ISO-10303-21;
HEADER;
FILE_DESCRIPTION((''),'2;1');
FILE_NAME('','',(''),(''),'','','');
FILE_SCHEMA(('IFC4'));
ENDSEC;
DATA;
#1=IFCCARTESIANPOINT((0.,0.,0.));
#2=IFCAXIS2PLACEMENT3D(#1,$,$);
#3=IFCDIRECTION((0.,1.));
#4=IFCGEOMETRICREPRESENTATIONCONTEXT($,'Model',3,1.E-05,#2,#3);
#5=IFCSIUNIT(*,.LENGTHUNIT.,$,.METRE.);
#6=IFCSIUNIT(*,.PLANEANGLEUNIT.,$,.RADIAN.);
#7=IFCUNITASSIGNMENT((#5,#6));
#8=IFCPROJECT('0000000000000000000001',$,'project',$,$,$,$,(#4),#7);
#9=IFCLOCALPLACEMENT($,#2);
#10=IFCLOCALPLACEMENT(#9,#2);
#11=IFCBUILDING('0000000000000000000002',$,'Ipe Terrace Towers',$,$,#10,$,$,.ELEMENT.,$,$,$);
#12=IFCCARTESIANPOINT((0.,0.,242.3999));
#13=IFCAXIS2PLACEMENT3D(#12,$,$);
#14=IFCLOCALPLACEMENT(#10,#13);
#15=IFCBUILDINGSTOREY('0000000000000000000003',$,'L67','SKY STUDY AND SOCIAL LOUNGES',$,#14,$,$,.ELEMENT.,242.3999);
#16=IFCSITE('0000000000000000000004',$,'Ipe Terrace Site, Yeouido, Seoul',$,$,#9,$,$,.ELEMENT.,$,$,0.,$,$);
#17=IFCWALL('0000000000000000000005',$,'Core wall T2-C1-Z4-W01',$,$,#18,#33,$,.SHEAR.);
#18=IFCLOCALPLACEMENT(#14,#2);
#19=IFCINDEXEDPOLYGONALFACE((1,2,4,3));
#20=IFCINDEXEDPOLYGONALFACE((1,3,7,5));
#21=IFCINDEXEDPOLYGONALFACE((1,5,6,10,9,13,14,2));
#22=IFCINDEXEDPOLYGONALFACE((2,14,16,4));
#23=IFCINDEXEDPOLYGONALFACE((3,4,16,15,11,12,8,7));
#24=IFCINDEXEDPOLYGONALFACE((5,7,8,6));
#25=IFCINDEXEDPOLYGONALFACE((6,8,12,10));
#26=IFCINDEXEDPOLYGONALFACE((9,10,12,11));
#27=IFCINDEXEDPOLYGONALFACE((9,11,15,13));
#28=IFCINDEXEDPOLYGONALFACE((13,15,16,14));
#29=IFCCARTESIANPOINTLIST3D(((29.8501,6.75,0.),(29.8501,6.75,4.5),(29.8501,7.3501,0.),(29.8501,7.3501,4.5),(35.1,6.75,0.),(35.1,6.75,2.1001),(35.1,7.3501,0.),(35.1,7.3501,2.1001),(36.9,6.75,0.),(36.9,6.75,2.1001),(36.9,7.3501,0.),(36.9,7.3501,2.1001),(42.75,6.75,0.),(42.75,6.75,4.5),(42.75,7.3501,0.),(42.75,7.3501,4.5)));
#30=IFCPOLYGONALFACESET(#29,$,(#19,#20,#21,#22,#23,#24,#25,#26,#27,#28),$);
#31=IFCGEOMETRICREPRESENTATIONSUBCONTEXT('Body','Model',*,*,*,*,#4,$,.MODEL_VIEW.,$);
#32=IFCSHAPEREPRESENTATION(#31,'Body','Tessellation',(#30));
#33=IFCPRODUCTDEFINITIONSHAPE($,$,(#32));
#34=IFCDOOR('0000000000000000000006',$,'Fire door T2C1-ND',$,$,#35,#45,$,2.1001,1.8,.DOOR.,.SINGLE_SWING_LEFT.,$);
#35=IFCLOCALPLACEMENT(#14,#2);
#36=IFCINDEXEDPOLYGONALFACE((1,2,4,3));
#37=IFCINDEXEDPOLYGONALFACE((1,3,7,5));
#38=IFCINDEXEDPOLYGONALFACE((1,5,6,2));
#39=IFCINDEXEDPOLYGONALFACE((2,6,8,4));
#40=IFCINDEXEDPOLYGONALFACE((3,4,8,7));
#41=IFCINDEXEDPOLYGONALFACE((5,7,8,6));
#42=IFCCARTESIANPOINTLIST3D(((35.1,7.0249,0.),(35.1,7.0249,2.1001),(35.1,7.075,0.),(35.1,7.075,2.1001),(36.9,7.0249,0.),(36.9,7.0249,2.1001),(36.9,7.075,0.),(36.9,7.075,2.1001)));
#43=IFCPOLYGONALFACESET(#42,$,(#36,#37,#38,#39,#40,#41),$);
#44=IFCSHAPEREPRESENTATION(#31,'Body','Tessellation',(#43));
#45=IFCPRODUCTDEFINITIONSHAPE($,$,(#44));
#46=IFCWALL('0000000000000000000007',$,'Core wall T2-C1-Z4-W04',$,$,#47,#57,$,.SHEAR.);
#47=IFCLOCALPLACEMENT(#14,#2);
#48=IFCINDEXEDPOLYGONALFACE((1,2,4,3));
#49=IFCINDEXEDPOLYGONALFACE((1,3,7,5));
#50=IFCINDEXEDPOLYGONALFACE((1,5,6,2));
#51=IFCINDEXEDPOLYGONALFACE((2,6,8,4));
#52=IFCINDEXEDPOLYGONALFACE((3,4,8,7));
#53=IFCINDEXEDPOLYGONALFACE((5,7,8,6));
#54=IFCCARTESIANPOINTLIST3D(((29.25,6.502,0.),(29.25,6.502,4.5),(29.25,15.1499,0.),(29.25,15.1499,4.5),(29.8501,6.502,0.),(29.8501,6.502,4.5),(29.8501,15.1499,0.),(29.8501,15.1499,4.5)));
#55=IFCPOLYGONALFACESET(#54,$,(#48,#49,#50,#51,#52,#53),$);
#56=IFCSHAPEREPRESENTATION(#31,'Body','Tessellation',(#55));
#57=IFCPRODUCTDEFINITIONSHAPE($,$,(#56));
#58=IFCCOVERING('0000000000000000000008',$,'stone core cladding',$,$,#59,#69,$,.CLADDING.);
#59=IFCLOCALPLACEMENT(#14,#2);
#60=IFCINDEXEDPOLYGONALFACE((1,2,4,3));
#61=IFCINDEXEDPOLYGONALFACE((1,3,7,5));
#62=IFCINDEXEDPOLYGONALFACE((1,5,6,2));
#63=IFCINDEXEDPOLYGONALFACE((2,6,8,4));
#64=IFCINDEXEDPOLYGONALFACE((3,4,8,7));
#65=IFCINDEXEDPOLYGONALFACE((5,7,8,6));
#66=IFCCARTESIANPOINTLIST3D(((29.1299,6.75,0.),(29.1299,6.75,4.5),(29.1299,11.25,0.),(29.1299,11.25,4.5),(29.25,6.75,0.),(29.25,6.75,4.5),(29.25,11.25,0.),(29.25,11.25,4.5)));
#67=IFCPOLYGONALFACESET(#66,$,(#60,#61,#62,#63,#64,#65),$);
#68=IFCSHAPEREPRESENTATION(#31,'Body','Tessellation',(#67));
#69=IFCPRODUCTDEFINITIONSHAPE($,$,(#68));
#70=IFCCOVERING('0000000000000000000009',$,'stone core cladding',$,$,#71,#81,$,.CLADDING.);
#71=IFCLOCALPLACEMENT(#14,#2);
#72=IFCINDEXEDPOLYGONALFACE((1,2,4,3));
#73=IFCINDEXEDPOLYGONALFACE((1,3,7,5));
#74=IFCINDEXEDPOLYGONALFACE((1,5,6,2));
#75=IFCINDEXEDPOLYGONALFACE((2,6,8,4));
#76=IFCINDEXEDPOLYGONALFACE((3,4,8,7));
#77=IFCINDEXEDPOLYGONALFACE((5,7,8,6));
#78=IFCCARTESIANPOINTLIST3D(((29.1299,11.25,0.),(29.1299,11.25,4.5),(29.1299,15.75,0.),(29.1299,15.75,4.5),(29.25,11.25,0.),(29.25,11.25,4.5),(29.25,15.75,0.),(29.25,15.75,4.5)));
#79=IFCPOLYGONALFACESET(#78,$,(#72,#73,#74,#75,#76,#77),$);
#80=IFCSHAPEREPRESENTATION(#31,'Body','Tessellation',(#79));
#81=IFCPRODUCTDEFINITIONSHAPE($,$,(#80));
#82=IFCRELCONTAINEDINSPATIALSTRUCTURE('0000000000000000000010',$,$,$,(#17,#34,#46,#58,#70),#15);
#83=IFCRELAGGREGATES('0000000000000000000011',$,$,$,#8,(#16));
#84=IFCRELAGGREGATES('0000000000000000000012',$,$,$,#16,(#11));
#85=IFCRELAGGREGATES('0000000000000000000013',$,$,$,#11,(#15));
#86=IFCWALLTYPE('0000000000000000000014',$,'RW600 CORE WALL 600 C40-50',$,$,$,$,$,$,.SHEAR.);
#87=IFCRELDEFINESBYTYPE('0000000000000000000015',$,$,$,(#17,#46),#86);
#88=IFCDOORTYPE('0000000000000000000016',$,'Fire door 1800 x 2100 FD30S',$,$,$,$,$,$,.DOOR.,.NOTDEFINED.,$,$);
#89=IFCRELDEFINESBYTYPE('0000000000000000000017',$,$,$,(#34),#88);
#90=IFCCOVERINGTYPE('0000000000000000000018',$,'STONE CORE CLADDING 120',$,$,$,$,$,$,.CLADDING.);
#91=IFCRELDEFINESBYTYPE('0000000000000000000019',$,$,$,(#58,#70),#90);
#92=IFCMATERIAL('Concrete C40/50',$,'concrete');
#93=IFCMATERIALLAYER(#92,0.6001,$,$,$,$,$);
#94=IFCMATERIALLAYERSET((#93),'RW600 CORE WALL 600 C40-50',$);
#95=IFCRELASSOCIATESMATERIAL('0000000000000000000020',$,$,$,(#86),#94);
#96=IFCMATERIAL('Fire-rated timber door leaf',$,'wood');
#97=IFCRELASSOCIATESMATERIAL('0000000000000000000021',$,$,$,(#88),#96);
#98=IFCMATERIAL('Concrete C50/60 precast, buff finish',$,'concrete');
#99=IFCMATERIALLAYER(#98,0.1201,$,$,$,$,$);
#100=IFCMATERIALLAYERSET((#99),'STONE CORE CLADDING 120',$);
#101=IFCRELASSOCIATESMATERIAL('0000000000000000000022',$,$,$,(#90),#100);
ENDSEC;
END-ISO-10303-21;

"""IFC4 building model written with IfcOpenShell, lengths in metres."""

from ifc_helpers import new_model, si_unit, direction, frame, frame_2d, origin, origin_2d, place, context, subcontext, project, spatial, rectangle, extrude, material, layer, layer_set, type_object, element, fill, save


model = new_model("IFC4")

# Units and contexts
model_context = context("Model", 3, precision=1e-05, world=origin(), true_north=direction((0.0, 1.0)))
body_context = subcontext(model_context, "Body", "Model", "MODEL_VIEW")
ifc_project = project(units=[si_unit("LENGTHUNIT", "METRE"), si_unit("PLANEANGLEUNIT", "RADIAN")], contexts=[model_context])

# Site, building, storey
site_placement = place(None, origin())
site = spatial("IfcSite", under=ifc_project, at=site_placement, Name="Ipe Terrace Site, Yeouido, Seoul", CompositionType="ELEMENT", RefElevation=0.0)
building_placement = place(site_placement, origin())
building = spatial("IfcBuilding", under=site, at=building_placement, Name="Ipe Terrace Towers", CompositionType="ELEMENT")
storey_placement = place(building_placement, frame((0.0, 0.0, 242.3999)))
storey = spatial("IfcBuildingStorey", under=building, at=storey_placement, Name="L67", Description="SKY STUDY AND SOCIAL LOUNGES", CompositionType="ELEMENT", Elevation=242.3999)

# Wall, opening, door
ifc_material_1 = material(Name="Concrete C40/50", Category="concrete")
ifc_layer_1 = layer(ifc_material_1, 0.6001)
ifc_layer_set_1 = layer_set([ifc_layer_1], Name="RW600 CORE WALL 600 C40-50")
wall_type_1 = type_object("IfcWallType", Name="RW600 CORE WALL 600 C40-50", PredefinedType="SHEAR", material=ifc_layer_set_1)
wall_1_placement = place(storey_placement, frame((29.8501, 7.05, 0.0), z_axis=(0.0, 0.0, 1.0), x_axis=(1.0, 0.0, 0.0)))
wall_1 = element("IfcWall", 1, at=wall_1_placement, inside=storey, type_object=wall_type_1, Name="Core wall T2-C1-Z4-W01", PredefinedType="SHEAR", context=body_context, shape_type="SweptSolid", body=[
    extrude(rectangle(XDim=12.8999, YDim=0.6001, at=frame_2d((6.45, 0.0))), origin(), (0.0, 0.0, 1.0), 4.5),
])
opening_1_placement = place(wall_1_placement, frame((5.25, 0.0, 0.0)))
opening_1 = element("IfcOpeningElement", 2, at=opening_1_placement, cuts=wall_1, PredefinedType="OPENING", context=body_context, shape_type="SweptSolid", body=[
    extrude(rectangle(XDim=1.8, YDim=2.1001, at=frame_2d((0.8999, 1.05))), frame((0.0, 0.3101, 0.0), z_axis=(0.0, -1.0, 0.0), x_axis=(1.0, 0.0, 0.0)), (0.0, 0.0, 1.0), 0.6201),
])
ifc_material_2 = material(Name="Fire-rated timber door leaf", Category="wood")
door_type_1 = type_object("IfcDoorType", Name="Fire door 1800 x 2100 FD30S", OperationType="NOTDEFINED", PredefinedType="DOOR", material=ifc_material_2)
door_1_placement = place(opening_1_placement, origin())
door_1 = element("IfcDoor", 3, at=door_1_placement, inside=storey, type_object=door_type_1, Name="Fire door T2C1-ND", OperationType="SINGLE_SWING_LEFT", OverallHeight=2.1001, OverallWidth=1.8, PredefinedType="DOOR", context=body_context, shape_type="SweptSolid", body=[
    extrude(rectangle(XDim=1.8, YDim=2.1001, at=frame_2d((0.8999, 1.05))), frame((0.0, 0.0249, 0.0), z_axis=(0.0, -1.0, 0.0), x_axis=(1.0, 0.0, 0.0)), (0.0, 0.0, 1.0), 0.05),
])
fill(opening_1, door_1)

# Wall
wall_2_placement = place(storey_placement, frame((29.55, 15.1499, 0.0), z_axis=(0.0, 0.0, 1.0), x_axis=(0.0, -1.0, 0.0)))
element("IfcWall", 4, at=wall_2_placement, inside=storey, type_object=wall_type_1, Name="Core wall T2-C1-Z4-W04", PredefinedType="SHEAR", context=body_context, shape_type="SweptSolid", body=[
    extrude(rectangle(XDim=8.6479, YDim=0.6001, at=frame_2d((4.324, 0.0))), origin(), (0.0, 0.0, 1.0), 4.5),
])

# Coverings
ifc_material_3 = material(Name="Concrete C50/60 precast, buff finish", Category="concrete")
ifc_layer_2 = layer(ifc_material_3, 0.1201)
ifc_layer_set_2 = layer_set([ifc_layer_2], Name="STONE CORE CLADDING 120")
covering_type = type_object("IfcCoveringType", Name="STONE CORE CLADDING 120", PredefinedType="CLADDING", material=ifc_layer_set_2)
for number, where, z_axis, x_axis, name in (
    (5, (29.1899, 9.0, 0.0), (0.0, 0.0, 1.0), (0.0, -1.0, 0.0), "stone core cladding"),
    (6, (29.1899, 13.5, 0.0), (0.0, 0.0, 1.0), (0.0, -1.0, 0.0), "stone core cladding"),
):
    element("IfcCovering", number, at=place(storey_placement, frame(where, z_axis=z_axis, x_axis=x_axis)), inside=storey, type_object=covering_type, Name=name, PredefinedType="CLADDING", context=body_context, shape_type="SweptSolid", body=[
        extrude(rectangle(XDim=4.5, YDim=0.1201, at=origin_2d()), origin(), (0.0, 0.0, 1.0), 4.5),
    ])

save(model, "model.ifc")
